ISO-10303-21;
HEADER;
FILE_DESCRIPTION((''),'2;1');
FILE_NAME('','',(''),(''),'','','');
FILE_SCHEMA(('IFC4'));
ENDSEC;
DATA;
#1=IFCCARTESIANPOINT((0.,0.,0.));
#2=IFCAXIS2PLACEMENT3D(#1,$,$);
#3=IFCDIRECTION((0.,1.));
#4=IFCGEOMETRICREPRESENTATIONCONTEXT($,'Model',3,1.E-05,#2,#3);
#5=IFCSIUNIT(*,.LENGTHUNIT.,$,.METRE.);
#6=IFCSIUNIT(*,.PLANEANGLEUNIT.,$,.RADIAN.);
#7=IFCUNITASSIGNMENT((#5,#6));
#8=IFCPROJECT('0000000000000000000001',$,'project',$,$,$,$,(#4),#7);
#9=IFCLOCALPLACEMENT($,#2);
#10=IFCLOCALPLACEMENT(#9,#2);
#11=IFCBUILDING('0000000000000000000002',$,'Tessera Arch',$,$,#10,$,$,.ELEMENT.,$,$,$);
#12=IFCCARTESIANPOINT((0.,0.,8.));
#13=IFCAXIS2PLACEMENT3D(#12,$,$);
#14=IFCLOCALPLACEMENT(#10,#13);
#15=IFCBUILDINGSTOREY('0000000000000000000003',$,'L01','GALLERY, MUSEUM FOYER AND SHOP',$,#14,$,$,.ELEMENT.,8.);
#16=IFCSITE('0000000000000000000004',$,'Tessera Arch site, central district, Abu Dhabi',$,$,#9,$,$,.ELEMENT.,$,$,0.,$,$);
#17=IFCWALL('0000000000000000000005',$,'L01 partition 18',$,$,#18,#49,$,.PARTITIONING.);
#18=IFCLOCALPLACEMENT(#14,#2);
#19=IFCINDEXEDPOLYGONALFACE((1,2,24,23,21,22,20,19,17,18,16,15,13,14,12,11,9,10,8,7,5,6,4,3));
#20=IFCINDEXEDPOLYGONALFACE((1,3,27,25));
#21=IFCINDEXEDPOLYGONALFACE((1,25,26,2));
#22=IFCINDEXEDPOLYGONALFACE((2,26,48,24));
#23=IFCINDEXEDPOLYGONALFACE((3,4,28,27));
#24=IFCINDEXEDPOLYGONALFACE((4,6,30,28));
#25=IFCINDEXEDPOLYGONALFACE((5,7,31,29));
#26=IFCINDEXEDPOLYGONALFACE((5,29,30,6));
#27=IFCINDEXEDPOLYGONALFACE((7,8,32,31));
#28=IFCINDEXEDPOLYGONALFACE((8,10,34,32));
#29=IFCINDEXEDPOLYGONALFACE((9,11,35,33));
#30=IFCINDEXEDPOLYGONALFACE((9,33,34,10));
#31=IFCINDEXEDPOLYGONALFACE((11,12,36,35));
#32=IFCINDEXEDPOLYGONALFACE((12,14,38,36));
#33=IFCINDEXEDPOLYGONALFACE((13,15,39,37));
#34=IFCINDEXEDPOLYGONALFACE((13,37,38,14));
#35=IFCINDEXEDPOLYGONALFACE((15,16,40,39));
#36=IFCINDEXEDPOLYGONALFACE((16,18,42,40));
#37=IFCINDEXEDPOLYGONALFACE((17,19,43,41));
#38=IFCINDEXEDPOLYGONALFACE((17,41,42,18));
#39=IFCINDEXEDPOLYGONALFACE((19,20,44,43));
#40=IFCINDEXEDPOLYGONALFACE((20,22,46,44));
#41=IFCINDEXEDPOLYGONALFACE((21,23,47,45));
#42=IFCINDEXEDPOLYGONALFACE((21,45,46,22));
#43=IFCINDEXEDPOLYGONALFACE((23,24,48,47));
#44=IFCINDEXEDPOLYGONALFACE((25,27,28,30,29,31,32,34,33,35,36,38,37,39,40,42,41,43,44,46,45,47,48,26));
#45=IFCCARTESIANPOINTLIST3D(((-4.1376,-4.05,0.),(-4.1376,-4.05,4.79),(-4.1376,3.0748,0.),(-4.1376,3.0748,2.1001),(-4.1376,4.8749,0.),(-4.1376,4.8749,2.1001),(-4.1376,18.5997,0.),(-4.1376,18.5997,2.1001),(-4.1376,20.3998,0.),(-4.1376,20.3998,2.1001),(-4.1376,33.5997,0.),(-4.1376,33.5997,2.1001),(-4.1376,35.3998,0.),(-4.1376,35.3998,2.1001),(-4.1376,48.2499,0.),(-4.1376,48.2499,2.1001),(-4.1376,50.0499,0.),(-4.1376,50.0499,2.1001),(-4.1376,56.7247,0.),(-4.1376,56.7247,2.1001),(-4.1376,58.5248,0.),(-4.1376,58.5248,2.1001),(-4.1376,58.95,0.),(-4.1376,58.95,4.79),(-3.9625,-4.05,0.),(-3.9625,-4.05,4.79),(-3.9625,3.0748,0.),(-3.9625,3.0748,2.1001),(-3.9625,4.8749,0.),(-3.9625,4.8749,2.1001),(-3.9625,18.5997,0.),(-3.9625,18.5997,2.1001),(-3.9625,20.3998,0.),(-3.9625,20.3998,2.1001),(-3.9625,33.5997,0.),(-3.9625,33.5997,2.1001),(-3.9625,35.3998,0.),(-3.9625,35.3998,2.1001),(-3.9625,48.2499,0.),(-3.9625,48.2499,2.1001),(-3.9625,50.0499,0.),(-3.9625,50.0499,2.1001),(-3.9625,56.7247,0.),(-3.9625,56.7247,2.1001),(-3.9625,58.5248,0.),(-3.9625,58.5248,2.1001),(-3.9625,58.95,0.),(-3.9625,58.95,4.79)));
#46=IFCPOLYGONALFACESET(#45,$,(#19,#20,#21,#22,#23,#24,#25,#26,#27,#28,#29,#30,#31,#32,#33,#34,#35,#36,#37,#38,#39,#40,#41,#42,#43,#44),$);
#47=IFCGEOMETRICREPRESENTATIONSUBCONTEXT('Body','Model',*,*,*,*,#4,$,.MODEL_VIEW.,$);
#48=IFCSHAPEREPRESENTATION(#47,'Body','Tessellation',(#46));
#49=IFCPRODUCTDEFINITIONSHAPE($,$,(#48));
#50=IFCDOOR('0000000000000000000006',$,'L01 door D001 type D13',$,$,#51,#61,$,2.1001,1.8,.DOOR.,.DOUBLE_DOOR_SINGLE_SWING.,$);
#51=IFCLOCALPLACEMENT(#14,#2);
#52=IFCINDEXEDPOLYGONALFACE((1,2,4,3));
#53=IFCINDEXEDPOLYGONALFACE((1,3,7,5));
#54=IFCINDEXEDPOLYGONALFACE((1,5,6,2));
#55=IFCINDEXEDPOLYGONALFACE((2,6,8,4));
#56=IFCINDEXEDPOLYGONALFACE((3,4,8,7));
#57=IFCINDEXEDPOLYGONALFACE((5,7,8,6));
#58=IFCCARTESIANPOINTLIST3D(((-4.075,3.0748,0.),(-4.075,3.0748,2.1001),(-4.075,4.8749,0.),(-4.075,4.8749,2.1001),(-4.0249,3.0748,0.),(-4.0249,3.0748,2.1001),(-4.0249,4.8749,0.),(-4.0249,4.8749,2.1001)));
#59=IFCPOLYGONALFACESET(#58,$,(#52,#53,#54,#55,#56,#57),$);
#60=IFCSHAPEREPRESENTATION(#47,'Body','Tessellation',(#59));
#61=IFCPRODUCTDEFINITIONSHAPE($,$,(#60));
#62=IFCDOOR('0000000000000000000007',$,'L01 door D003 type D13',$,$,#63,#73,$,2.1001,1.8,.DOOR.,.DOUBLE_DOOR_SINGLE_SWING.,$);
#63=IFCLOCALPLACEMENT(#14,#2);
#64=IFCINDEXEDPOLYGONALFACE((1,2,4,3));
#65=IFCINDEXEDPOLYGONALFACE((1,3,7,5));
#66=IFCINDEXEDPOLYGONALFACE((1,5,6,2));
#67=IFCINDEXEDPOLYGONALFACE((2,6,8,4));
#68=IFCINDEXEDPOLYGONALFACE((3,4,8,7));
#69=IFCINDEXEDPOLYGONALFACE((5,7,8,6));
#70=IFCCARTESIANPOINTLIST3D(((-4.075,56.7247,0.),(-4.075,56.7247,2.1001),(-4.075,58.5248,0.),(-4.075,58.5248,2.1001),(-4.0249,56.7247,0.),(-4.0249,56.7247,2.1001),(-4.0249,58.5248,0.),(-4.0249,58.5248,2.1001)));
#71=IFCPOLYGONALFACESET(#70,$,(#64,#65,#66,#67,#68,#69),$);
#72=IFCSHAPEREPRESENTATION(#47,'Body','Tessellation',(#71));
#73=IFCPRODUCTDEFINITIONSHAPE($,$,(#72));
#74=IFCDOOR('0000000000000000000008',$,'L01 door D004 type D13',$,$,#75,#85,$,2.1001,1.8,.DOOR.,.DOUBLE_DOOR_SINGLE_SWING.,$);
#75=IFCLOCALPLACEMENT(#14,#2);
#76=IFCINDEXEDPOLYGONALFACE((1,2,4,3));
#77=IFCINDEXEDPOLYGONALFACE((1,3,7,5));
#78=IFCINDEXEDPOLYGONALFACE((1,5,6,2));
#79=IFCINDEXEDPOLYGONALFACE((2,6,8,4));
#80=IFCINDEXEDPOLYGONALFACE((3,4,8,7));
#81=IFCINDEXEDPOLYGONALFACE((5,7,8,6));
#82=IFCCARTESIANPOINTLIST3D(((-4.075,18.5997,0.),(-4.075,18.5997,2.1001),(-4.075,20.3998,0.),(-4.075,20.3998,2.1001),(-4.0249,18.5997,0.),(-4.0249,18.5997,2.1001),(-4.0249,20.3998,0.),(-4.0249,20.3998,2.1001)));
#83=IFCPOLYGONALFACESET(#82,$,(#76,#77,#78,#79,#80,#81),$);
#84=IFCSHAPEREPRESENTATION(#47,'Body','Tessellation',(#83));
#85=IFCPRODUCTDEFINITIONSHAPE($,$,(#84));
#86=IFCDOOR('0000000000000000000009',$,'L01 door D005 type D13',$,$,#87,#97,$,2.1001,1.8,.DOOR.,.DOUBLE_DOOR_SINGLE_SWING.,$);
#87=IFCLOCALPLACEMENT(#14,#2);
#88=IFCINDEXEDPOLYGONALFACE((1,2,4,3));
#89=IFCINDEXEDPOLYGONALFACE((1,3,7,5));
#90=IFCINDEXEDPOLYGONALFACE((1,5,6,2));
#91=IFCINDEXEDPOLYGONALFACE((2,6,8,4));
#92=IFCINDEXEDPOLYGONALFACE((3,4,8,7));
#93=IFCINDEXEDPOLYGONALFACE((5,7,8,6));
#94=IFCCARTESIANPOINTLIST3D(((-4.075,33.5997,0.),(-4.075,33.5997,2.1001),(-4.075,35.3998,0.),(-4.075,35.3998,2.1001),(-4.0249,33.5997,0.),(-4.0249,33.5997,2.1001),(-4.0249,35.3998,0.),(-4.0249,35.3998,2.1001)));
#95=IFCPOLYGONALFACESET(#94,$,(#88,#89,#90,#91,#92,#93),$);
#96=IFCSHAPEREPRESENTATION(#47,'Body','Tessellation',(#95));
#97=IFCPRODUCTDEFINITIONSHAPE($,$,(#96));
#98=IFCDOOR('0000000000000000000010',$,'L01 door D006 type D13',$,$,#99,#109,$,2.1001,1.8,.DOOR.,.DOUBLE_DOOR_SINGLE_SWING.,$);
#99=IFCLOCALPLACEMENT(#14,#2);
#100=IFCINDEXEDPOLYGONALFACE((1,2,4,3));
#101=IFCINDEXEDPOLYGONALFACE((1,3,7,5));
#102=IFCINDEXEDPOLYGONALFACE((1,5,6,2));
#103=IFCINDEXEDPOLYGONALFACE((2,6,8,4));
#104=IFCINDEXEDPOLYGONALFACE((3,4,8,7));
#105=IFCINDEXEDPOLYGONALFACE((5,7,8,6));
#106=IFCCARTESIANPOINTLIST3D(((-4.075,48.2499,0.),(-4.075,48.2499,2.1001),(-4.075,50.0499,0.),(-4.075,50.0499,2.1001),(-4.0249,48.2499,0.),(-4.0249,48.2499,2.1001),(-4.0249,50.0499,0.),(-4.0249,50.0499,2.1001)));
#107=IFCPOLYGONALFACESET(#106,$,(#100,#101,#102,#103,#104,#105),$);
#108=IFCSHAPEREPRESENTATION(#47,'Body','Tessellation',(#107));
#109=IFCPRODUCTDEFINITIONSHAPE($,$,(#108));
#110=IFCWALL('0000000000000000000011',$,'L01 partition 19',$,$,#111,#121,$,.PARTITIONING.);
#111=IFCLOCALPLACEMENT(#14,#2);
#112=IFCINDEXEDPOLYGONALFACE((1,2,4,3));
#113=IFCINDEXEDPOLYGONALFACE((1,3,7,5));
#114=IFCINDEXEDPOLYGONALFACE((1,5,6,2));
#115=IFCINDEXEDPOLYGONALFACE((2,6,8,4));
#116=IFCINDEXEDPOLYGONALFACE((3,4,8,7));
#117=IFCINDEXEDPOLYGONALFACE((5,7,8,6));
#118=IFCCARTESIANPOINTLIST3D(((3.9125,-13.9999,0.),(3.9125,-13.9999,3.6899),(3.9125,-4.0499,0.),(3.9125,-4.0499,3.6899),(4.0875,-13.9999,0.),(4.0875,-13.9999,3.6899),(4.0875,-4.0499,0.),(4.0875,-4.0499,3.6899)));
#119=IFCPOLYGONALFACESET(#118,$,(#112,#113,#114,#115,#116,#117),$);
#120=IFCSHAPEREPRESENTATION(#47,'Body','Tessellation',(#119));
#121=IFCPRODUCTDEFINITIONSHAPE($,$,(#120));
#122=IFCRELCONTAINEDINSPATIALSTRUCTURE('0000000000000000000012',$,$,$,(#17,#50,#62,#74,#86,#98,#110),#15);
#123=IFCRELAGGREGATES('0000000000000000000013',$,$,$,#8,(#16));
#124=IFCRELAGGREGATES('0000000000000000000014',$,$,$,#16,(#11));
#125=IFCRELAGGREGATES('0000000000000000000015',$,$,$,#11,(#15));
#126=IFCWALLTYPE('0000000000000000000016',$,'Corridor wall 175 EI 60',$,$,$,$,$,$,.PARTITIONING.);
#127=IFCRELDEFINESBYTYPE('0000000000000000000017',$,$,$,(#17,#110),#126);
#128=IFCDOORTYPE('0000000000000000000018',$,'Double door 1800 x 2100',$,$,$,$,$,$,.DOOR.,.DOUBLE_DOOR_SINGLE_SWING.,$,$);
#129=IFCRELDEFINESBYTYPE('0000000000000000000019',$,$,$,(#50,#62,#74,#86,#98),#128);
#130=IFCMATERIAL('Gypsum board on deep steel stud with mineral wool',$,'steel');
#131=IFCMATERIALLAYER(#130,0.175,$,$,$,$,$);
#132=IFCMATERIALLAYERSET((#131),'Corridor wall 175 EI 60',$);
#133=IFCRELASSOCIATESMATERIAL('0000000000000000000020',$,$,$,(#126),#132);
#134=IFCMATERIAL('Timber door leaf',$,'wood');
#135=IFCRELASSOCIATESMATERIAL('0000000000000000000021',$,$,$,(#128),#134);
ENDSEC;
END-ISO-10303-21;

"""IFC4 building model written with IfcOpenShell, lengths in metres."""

from ifc_helpers import new_model, si_unit, direction, frame, frame_2d, origin, place, context, subcontext, project, spatial, rectangle, extrude, material, layer, layer_set, type_object, element, fill, save


model = new_model("IFC4")

# Units and contexts
model_context = context("Model", 3, precision=1e-05, world=origin(), true_north=direction((0.0, 1.0)))
body_context = subcontext(model_context, "Body", "Model", "MODEL_VIEW")
ifc_project = project(units=[si_unit("LENGTHUNIT", "METRE"), si_unit("PLANEANGLEUNIT", "RADIAN")], contexts=[model_context])

# Site, building, storey
site_placement = place(None, origin())
site = spatial("IfcSite", under=ifc_project, at=site_placement, Name="Tessera Arch site, central district, Abu Dhabi", CompositionType="ELEMENT", RefElevation=0.0)
building_placement = place(site_placement, origin())
building = spatial("IfcBuilding", under=site, at=building_placement, Name="Tessera Arch", CompositionType="ELEMENT")
storey_placement = place(building_placement, frame((0.0, 0.0, 8.0)))
storey = spatial("IfcBuildingStorey", under=building, at=storey_placement, Name="L01", Description="GALLERY, MUSEUM FOYER AND SHOP", CompositionType="ELEMENT", Elevation=8.0)

# Shared definitions
ifc_material_1 = material(Name="Gypsum board on deep steel stud with mineral wool", Category="steel")
ifc_layer = layer(ifc_material_1, 0.175)
ifc_layer_set = layer_set([ifc_layer], Name="Corridor wall 175 EI 60")
wall_type = type_object("IfcWallType", Name="Corridor wall 175 EI 60", PredefinedType="PARTITIONING", material=ifc_layer_set)

# Shared definitions
ifc_material_2 = material(Name="Timber door leaf", Category="wood")
door_type_1 = type_object("IfcDoorType", Name="Double door 1800 x 2100", OperationType="DOUBLE_DOOR_SINGLE_SWING", PredefinedType="DOOR", material=ifc_material_2)

# Wall, openings, doors
wall_1_placement = place(storey_placement, frame((-4.05, -4.05, 0.0), z_axis=(0.0, 0.0, 1.0), x_axis=(0.0, 1.0, 0.0)))
wall_1 = element("IfcWall", 1, at=wall_1_placement, inside=storey, type_object=wall_type, Name="L01 partition 18", PredefinedType="PARTITIONING", context=body_context, shape_type="SweptSolid", body=[
    extrude(rectangle(XDim=63.0, YDim=0.175, at=frame_2d((31.5, 0.0))), origin(), (0.0, 0.0, 1.0), 4.79),
])
opening_1_placement = place(wall_1_placement, frame((7.125, 0.0, 0.0)))
opening_1 = element("IfcOpeningElement", 2, at=opening_1_placement, cuts=wall_1, PredefinedType="OPENING", context=body_context, shape_type="SweptSolid", body=[
    extrude(rectangle(XDim=1.8, YDim=2.1001, at=frame_2d((0.8999, 1.05))), frame((0.0, 0.0974, 0.0), z_axis=(0.0, -1.0, 0.0), x_axis=(1.0, 0.0, 0.0)), (0.0, 0.0, 1.0), 0.1951),
])
opening_2_placement = place(wall_1_placement, frame((60.7749, 0.0, 0.0)))
opening_2 = element("IfcOpeningElement", 3, at=opening_2_placement, cuts=wall_1, PredefinedType="OPENING", context=body_context, shape_type="SweptSolid", body=[
    extrude(rectangle(XDim=1.8, YDim=2.1001, at=frame_2d((0.8999, 1.05))), frame((0.0, 0.0974, 0.0), z_axis=(0.0, -1.0, 0.0), x_axis=(1.0, 0.0, 0.0)), (0.0, 0.0, 1.0), 0.1951),
])
opening_3_placement = place(wall_1_placement, frame((22.6499, 0.0, 0.0)))
opening_3 = element("IfcOpeningElement", 4, at=opening_3_placement, cuts=wall_1, PredefinedType="OPENING", context=body_context, shape_type="SweptSolid", body=[
    extrude(rectangle(XDim=1.8, YDim=2.1001, at=frame_2d((0.8999, 1.05))), frame((0.0, 0.0974, 0.0), z_axis=(0.0, -1.0, 0.0), x_axis=(1.0, 0.0, 0.0)), (0.0, 0.0, 1.0), 0.1951),
])
opening_4_placement = place(wall_1_placement, frame((37.6499, 0.0, 0.0)))
opening_4 = element("IfcOpeningElement", 5, at=opening_4_placement, cuts=wall_1, PredefinedType="OPENING", context=body_context, shape_type="SweptSolid", body=[
    extrude(rectangle(XDim=1.8, YDim=2.1001, at=frame_2d((0.8999, 1.05))), frame((0.0, 0.0974, 0.0), z_axis=(0.0, -1.0, 0.0), x_axis=(1.0, 0.0, 0.0)), (0.0, 0.0, 1.0), 0.1951),
])
opening_5_placement = place(wall_1_placement, frame((52.3, 0.0, 0.0)))
opening_5 = element("IfcOpeningElement", 6, at=opening_5_placement, cuts=wall_1, PredefinedType="OPENING", context=body_context, shape_type="SweptSolid", body=[
    extrude(rectangle(XDim=1.8, YDim=2.1001, at=frame_2d((0.8999, 1.05))), frame((0.0, 0.0974, 0.0), z_axis=(0.0, -1.0, 0.0), x_axis=(1.0, 0.0, 0.0)), (0.0, 0.0, 1.0), 0.1951),
])
door_1_placement = place(opening_1_placement, origin())
door_1 = element("IfcDoor", 7, at=door_1_placement, inside=storey, type_object=door_type_1, Name="L01 door D001 type D13", OperationType="DOUBLE_DOOR_SINGLE_SWING", OverallHeight=2.1001, OverallWidth=1.8, PredefinedType="DOOR", context=body_context, shape_type="SweptSolid", body=[
    extrude(rectangle(XDim=1.8, YDim=2.1001, at=frame_2d((0.8999, 1.05))), frame((0.0, 0.0249, 0.0), z_axis=(0.0, -1.0, 0.0), x_axis=(1.0, 0.0, 0.0)), (0.0, 0.0, 1.0), 0.05),
])
fill(opening_1, door_1)
door_2_placement = place(opening_2_placement, origin())
door_2 = element("IfcDoor", 8, at=door_2_placement, inside=storey, type_object=door_type_1, Name="L01 door D003 type D13", OperationType="DOUBLE_DOOR_SINGLE_SWING", OverallHeight=2.1001, OverallWidth=1.8, PredefinedType="DOOR", context=body_context, shape_type="SweptSolid", body=[
    extrude(rectangle(XDim=1.8, YDim=2.1001, at=frame_2d((0.8999, 1.05))), frame((0.0, 0.0249, 0.0), z_axis=(0.0, -1.0, 0.0), x_axis=(1.0, 0.0, 0.0)), (0.0, 0.0, 1.0), 0.05),
])
fill(opening_2, door_2)
door_3_placement = place(opening_3_placement, origin())
door_3 = element("IfcDoor", 9, at=door_3_placement, inside=storey, type_object=door_type_1, Name="L01 door D004 type D13", OperationType="DOUBLE_DOOR_SINGLE_SWING", OverallHeight=2.1001, OverallWidth=1.8, PredefinedType="DOOR", context=body_context, shape_type="SweptSolid", body=[
    extrude(rectangle(XDim=1.8, YDim=2.1001, at=frame_2d((0.8999, 1.05))), frame((0.0, 0.0249, 0.0), z_axis=(0.0, -1.0, 0.0), x_axis=(1.0, 0.0, 0.0)), (0.0, 0.0, 1.0), 0.05),
])
fill(opening_3, door_3)
door_4_placement = place(opening_4_placement, origin())
door_4 = element("IfcDoor", 10, at=door_4_placement, inside=storey, type_object=door_type_1, Name="L01 door D005 type D13", OperationType="DOUBLE_DOOR_SINGLE_SWING", OverallHeight=2.1001, OverallWidth=1.8, PredefinedType="DOOR", context=body_context, shape_type="SweptSolid", body=[
    extrude(rectangle(XDim=1.8, YDim=2.1001, at=frame_2d((0.8999, 1.05))), frame((0.0, 0.0249, 0.0), z_axis=(0.0, -1.0, 0.0), x_axis=(1.0, 0.0, 0.0)), (0.0, 0.0, 1.0), 0.05),
])
fill(opening_4, door_4)
door_5_placement = place(opening_5_placement, origin())
door_5 = element("IfcDoor", 11, at=door_5_placement, inside=storey, type_object=door_type_1, Name="L01 door D006 type D13", OperationType="DOUBLE_DOOR_SINGLE_SWING", OverallHeight=2.1001, OverallWidth=1.8, PredefinedType="DOOR", context=body_context, shape_type="SweptSolid", body=[
    extrude(rectangle(XDim=1.8, YDim=2.1001, at=frame_2d((0.8999, 1.05))), frame((0.0, 0.0249, 0.0), z_axis=(0.0, -1.0, 0.0), x_axis=(1.0, 0.0, 0.0)), (0.0, 0.0, 1.0), 0.05),
])
fill(opening_5, door_5)

# Wall
wall_2_placement = place(storey_placement, frame((4.0, -14.0, 0.0), z_axis=(0.0, 0.0, 1.0), x_axis=(0.0, 1.0, 0.0)))
element("IfcWall", 12, at=wall_2_placement, inside=storey, type_object=wall_type, Name="L01 partition 19", PredefinedType="PARTITIONING", context=body_context, shape_type="SweptSolid", body=[
    extrude(rectangle(XDim=9.95, YDim=0.175, at=frame_2d((4.9751, 0.0))), origin(), (0.0, 0.0, 1.0), 3.6899),
])

save(model, "model.ifc")
